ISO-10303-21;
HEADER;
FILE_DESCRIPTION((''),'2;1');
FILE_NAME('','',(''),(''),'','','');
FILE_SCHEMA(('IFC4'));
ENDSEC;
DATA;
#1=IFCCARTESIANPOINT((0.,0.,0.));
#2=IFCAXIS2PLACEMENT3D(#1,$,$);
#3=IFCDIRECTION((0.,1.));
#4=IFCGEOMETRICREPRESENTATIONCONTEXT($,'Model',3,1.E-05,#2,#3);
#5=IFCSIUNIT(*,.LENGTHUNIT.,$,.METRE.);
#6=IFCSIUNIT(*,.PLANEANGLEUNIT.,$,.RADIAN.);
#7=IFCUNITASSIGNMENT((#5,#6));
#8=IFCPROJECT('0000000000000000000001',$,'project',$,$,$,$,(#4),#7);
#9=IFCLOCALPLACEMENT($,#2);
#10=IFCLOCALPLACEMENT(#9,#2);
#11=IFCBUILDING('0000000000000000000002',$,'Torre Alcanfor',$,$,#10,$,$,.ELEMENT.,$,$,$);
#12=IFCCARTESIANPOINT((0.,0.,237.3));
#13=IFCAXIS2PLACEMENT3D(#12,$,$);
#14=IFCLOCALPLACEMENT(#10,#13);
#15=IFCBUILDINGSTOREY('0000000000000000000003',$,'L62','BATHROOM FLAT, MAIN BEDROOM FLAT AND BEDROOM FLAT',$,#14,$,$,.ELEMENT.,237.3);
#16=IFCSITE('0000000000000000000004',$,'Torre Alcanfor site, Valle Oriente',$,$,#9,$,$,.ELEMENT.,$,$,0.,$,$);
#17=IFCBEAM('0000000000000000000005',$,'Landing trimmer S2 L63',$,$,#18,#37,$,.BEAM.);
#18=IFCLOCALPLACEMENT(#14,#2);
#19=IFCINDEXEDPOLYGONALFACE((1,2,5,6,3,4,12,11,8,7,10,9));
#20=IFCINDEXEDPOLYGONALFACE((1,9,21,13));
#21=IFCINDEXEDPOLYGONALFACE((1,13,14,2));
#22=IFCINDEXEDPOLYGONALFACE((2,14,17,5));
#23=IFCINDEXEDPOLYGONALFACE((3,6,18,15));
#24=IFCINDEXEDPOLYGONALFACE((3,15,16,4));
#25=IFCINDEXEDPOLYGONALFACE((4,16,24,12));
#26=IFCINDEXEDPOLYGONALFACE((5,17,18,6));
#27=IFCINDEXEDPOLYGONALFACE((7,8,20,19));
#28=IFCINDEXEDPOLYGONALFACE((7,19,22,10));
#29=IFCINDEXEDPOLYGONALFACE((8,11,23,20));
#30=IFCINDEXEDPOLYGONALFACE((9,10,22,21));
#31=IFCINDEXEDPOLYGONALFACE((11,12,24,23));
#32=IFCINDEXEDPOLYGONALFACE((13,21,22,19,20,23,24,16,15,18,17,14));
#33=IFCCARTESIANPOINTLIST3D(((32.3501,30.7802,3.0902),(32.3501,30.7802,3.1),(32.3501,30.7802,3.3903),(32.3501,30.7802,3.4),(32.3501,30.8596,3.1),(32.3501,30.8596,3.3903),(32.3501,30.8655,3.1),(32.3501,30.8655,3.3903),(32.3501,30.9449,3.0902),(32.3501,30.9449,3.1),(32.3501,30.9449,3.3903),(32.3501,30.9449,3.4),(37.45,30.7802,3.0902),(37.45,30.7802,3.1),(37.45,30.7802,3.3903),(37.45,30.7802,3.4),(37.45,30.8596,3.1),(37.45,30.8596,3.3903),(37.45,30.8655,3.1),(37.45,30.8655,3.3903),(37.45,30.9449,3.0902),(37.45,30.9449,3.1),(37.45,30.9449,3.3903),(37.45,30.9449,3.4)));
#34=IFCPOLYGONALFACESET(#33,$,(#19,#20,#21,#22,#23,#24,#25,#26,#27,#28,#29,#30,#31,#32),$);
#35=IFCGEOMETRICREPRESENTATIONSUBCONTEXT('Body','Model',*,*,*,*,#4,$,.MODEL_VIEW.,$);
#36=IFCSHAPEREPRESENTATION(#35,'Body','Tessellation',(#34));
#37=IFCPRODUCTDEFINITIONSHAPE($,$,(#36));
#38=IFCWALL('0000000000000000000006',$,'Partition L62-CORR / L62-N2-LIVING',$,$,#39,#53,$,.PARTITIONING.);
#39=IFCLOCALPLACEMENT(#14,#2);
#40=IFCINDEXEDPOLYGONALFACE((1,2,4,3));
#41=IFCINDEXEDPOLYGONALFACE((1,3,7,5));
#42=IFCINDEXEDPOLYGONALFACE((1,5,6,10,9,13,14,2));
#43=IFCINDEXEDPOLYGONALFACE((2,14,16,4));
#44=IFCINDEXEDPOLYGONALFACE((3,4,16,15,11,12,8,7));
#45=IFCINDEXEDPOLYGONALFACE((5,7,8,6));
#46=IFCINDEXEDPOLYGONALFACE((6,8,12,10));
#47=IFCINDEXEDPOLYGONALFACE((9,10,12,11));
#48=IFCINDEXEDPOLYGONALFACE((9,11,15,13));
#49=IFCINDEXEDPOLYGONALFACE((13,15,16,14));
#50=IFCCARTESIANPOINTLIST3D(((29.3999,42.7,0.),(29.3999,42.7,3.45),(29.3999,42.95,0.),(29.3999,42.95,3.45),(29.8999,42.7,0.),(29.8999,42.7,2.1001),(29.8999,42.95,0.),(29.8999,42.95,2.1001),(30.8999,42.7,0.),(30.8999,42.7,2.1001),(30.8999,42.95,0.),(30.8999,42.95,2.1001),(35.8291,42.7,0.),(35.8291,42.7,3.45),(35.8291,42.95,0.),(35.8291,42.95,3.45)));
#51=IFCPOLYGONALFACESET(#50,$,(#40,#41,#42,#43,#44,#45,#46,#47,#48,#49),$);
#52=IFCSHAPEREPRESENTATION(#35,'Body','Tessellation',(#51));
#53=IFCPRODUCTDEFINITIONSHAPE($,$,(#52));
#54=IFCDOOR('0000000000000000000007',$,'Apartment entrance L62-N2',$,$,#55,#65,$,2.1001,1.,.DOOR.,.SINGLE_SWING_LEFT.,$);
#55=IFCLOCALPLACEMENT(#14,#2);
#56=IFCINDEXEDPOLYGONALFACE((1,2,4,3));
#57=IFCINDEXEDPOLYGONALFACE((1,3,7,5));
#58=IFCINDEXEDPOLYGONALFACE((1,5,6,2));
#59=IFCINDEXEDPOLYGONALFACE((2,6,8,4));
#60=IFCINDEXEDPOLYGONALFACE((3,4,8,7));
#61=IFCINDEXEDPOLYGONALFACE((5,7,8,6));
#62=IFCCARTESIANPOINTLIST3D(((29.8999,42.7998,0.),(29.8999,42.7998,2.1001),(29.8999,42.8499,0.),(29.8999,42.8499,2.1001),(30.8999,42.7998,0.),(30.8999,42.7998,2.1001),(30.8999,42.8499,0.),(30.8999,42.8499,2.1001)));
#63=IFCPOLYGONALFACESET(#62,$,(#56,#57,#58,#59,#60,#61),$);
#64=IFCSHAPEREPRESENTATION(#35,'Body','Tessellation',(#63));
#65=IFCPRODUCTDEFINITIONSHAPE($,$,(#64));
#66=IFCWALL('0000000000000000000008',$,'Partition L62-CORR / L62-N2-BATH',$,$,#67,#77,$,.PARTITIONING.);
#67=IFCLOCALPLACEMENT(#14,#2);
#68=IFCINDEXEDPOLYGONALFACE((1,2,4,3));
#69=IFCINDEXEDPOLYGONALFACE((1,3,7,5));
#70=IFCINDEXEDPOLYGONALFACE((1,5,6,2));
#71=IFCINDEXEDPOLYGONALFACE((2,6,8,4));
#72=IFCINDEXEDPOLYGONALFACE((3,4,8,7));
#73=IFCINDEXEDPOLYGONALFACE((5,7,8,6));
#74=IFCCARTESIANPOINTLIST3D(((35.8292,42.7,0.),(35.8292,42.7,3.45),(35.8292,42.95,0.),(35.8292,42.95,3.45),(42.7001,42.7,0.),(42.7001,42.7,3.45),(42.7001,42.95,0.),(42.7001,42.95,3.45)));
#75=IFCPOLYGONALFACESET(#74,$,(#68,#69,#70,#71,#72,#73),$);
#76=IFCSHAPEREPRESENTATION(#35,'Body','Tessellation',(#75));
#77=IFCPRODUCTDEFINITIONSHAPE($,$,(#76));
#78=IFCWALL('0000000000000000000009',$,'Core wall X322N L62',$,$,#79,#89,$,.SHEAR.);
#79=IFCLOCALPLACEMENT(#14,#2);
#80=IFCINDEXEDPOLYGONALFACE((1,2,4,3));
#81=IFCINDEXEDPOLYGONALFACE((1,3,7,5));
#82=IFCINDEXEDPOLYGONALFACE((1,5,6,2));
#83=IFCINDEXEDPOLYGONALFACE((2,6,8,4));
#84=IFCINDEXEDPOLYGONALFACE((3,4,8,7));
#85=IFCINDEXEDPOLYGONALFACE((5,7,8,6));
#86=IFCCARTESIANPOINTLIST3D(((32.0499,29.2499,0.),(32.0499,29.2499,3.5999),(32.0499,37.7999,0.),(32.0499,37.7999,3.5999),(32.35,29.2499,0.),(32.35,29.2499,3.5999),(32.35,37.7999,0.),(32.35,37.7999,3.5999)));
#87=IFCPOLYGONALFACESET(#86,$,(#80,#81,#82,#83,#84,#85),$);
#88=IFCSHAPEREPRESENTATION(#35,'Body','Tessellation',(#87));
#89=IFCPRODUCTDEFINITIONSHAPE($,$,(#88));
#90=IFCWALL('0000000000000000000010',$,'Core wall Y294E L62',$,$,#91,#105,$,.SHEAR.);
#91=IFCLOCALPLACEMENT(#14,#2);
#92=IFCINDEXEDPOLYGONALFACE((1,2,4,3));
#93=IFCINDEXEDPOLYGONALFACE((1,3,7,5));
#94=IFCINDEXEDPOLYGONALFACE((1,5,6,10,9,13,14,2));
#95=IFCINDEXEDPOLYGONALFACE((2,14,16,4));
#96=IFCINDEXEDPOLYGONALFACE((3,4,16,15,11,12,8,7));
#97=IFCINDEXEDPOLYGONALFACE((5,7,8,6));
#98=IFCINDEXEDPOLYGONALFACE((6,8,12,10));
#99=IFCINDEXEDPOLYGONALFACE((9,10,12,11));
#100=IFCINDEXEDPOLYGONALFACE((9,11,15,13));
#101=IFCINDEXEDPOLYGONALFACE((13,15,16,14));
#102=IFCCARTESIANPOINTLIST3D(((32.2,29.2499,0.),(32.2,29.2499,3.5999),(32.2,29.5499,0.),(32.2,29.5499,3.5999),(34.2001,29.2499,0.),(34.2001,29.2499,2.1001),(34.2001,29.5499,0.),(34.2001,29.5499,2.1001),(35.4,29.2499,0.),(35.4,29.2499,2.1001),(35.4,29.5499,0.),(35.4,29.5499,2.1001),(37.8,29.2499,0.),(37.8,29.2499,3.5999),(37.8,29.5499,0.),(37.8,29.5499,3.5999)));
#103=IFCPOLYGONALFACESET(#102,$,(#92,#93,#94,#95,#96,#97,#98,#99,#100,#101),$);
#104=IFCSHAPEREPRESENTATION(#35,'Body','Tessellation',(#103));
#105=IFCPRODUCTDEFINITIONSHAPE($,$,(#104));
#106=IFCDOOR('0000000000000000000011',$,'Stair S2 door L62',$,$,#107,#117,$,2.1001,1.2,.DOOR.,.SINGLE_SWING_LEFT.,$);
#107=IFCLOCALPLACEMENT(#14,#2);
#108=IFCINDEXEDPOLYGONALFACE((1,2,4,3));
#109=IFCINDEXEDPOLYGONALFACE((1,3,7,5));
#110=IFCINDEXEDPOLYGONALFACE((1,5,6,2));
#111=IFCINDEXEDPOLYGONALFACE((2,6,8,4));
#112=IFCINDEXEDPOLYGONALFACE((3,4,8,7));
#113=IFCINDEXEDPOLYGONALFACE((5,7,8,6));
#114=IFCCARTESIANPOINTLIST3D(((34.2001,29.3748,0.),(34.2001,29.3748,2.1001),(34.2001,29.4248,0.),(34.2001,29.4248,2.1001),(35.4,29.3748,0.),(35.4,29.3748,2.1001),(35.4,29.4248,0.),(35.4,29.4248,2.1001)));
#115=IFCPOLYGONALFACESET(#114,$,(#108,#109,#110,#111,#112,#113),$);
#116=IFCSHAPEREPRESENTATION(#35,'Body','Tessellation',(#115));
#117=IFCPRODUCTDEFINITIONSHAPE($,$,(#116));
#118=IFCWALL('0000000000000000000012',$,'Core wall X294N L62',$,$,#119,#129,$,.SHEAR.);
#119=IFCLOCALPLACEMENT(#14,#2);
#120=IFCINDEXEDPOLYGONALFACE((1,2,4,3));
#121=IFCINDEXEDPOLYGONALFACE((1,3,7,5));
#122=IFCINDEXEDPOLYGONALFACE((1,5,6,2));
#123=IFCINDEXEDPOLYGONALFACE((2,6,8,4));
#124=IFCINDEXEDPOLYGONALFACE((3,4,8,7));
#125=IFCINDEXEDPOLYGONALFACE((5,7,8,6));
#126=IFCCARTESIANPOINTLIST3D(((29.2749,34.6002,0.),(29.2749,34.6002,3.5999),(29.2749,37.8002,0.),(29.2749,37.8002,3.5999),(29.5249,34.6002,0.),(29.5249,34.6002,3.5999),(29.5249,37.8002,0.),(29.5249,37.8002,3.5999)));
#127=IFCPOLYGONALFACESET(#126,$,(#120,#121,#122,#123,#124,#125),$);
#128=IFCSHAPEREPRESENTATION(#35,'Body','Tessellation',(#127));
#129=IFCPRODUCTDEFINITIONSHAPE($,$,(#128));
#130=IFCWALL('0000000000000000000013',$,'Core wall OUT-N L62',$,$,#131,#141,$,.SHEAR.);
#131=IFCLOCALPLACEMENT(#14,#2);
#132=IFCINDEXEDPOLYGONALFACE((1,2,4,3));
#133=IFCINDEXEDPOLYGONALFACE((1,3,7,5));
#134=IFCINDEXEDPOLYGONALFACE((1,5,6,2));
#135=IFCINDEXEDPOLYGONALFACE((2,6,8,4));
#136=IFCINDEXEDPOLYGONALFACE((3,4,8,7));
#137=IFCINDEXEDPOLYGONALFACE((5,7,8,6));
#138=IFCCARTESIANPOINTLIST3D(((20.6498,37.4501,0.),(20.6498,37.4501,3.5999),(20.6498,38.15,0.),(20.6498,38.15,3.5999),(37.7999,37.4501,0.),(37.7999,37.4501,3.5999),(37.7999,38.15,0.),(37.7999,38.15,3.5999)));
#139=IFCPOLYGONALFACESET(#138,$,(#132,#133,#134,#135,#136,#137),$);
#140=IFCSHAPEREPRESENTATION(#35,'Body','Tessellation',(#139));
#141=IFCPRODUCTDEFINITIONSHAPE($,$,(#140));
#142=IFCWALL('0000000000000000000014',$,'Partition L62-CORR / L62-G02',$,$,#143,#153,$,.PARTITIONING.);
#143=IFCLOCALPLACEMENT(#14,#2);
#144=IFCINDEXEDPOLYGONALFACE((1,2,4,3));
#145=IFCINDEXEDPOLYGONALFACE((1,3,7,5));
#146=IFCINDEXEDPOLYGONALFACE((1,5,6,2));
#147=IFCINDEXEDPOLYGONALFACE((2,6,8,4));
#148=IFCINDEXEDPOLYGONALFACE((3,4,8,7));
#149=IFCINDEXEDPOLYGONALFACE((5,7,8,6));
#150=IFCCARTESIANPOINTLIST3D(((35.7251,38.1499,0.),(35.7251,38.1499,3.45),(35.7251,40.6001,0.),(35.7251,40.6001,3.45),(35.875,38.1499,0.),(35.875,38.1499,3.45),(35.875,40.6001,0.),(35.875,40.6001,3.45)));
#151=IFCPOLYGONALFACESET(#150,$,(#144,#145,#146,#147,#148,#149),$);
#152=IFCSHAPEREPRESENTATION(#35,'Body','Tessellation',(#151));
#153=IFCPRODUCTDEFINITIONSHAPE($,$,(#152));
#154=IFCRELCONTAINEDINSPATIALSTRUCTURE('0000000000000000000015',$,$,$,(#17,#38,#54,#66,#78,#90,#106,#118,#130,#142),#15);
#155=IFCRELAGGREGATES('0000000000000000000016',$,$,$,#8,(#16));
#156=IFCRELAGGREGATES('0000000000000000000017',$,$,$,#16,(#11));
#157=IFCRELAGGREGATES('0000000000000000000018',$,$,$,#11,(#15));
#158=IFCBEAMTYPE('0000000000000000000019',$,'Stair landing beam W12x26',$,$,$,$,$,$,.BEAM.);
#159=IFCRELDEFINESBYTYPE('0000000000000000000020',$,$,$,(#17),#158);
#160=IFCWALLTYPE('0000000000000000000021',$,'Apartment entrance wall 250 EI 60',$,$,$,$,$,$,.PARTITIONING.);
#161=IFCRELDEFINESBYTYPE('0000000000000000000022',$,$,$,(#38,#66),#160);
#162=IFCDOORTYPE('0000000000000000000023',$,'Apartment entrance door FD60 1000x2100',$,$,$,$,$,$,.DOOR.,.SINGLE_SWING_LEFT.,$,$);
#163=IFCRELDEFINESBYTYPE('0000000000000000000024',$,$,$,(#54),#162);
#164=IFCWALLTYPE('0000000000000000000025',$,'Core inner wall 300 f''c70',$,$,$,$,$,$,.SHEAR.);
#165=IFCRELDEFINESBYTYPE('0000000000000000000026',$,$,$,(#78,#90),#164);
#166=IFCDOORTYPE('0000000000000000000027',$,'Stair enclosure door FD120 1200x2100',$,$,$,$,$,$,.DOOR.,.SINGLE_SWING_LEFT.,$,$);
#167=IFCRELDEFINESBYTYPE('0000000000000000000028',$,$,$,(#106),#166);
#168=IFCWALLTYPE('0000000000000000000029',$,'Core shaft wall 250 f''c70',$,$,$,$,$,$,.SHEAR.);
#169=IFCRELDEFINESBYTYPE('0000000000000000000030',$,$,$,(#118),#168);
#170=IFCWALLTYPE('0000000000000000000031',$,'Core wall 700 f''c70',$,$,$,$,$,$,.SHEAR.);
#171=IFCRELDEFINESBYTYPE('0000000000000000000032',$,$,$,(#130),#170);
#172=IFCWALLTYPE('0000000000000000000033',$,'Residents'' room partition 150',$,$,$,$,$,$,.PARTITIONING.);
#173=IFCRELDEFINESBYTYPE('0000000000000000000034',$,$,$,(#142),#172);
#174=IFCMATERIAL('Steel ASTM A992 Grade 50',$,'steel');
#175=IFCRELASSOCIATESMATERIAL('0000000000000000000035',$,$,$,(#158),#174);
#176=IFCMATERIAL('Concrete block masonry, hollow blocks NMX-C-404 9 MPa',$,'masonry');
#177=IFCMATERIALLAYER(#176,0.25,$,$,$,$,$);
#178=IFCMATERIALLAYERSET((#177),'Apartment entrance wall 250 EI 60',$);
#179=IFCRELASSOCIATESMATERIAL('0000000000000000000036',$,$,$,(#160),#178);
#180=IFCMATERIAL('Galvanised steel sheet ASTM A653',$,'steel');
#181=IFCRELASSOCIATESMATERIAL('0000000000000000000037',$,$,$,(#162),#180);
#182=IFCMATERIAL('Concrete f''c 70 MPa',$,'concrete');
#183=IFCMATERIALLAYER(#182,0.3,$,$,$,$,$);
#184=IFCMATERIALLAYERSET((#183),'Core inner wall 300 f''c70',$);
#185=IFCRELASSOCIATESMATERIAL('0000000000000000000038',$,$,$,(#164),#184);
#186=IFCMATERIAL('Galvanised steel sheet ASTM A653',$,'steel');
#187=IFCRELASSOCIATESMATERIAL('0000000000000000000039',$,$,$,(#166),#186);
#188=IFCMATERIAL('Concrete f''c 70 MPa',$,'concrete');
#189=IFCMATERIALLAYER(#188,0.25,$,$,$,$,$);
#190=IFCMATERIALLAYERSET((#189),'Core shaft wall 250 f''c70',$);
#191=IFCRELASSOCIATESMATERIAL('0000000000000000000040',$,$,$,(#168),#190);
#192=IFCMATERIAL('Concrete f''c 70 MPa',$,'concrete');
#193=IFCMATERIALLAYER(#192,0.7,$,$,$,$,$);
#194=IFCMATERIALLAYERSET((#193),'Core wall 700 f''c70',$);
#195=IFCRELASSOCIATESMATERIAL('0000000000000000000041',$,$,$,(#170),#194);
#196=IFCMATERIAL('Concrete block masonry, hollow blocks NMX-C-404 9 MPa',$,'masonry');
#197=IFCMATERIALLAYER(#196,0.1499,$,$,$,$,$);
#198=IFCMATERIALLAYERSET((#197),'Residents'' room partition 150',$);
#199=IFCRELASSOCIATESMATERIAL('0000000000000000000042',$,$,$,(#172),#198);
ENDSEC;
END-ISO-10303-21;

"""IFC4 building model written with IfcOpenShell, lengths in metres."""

from ifc_helpers import new_model, si_unit, direction, frame, frame_2d, origin, origin_2d, place, context, subcontext, project, spatial, rectangle, i_section, extrude, material, layer, layer_set, material_profile, profile_set, type_object, element, fill, save


model = new_model("IFC4")

# Units and contexts
model_context = context("Model", 3, precision=1e-05, world=origin(), true_north=direction((0.0, 1.0)))
body_context = subcontext(model_context, "Body", "Model", "MODEL_VIEW")
ifc_project = project(units=[si_unit("LENGTHUNIT", "METRE"), si_unit("PLANEANGLEUNIT", "RADIAN")], contexts=[model_context])

# Site, building, storey
site_placement = place(None, origin())
site = spatial("IfcSite", under=ifc_project, at=site_placement, Name="Torre Alcanfor site, Valle Oriente", CompositionType="ELEMENT", RefElevation=0.0)
building_placement = place(site_placement, origin())
building = spatial("IfcBuilding", under=site, at=building_placement, Name="Torre Alcanfor", CompositionType="ELEMENT")
storey_placement = place(building_placement, frame((0.0, 0.0, 237.3)))
storey = spatial("IfcBuildingStorey", under=building, at=storey_placement, Name="L62", Description="BATHROOM FLAT, MAIN BEDROOM FLAT AND BEDROOM FLAT", CompositionType="ELEMENT", Elevation=237.3)

# Beam
ifc_material_1 = material(Name="Steel ASTM A992 Grade 50", Category="steel")
ifc_material_profile_1 = material_profile(ifc_material_1, i_section(OverallWidth=0.1648, OverallDepth=0.3098, WebThickness=0.0059, FlangeThickness=0.0098, at=origin_2d()), Name="W12x26")
ifc_profile_set_1 = profile_set([ifc_material_profile_1], Name="Steel ASTM A992 Grade 50")
beam_type_1 = type_object("IfcBeamType", Name="Stair landing beam W12x26", PredefinedType="BEAM", material=ifc_profile_set_1)
beam_1_placement = place(storey_placement, frame((32.3501, 30.8625, 3.2451), z_axis=(1.0, 0.0, 0.0), x_axis=(0.0, 1.0, 0.0)))
element("IfcBeam", 1, at=beam_1_placement, inside=storey, type_object=beam_type_1, Name="Landing trimmer S2 L63", PredefinedType="BEAM", context=body_context, shape_type="SweptSolid", body=[
    extrude(i_section(OverallWidth=0.1648, OverallDepth=0.3098, WebThickness=0.0059, FlangeThickness=0.0098, at=origin_2d()), origin(), (0.0, 0.0, 1.0), 5.0999),
])

# Wall, opening, door
ifc_material_2 = material(Name="Concrete block masonry, hollow blocks NMX-C-404 9 MPa", Category="masonry")
ifc_layer_1 = layer(ifc_material_2, 0.25)
ifc_layer_set_1 = layer_set([ifc_layer_1], Name="Apartment entrance wall 250 EI 60")
wall_type_1 = type_object("IfcWallType", Name="Apartment entrance wall 250 EI 60", PredefinedType="PARTITIONING", material=ifc_layer_set_1)
wall_1_placement = place(storey_placement, frame((29.3999, 42.825, 0.0), z_axis=(0.0, 0.0, 1.0), x_axis=(1.0, 0.0, 0.0)))
wall_1 = element("IfcWall", 2, at=wall_1_placement, inside=storey, type_object=wall_type_1, Name="Partition L62-CORR / L62-N2-LIVING", PredefinedType="PARTITIONING", context=body_context, shape_type="SweptSolid", body=[
    extrude(rectangle(XDim=6.4292, YDim=0.25, at=frame_2d((3.2146, 0.0))), origin(), (0.0, 0.0, 1.0), 3.45),
])
opening_1_placement = place(wall_1_placement, frame((0.5, 0.0, 0.0)))
opening_1 = element("IfcOpeningElement", 3, at=opening_1_placement, cuts=wall_1, PredefinedType="OPENING", context=body_context, shape_type="SweptSolid", body=[
    extrude(rectangle(XDim=1.0, YDim=2.1001, at=frame_2d((0.5, 1.05))), frame((0.0, 0.135, 0.0), z_axis=(0.0, -1.0, 0.0), x_axis=(1.0, 0.0, 0.0)), (0.0, 0.0, 1.0), 0.27),
])
ifc_material_3 = material(Name="Galvanised steel sheet ASTM A653", Category="steel")
door_type_1 = type_object("IfcDoorType", Name="Apartment entrance door FD60 1000x2100", OperationType="SINGLE_SWING_LEFT", PredefinedType="DOOR", material=ifc_material_3)
door_1_placement = place(opening_1_placement, origin())
door_1 = element("IfcDoor", 4, at=door_1_placement, inside=storey, type_object=door_type_1, Name="Apartment entrance L62-N2", OperationType="SINGLE_SWING_LEFT", OverallHeight=2.1001, OverallWidth=1.0, PredefinedType="DOOR", context=body_context, shape_type="SweptSolid", body=[
    extrude(rectangle(XDim=1.0, YDim=2.1001, at=frame_2d((0.5, 1.05))), frame((0.0, 0.0249, 0.0), z_axis=(0.0, -1.0, 0.0), x_axis=(1.0, 0.0, 0.0)), (0.0, 0.0, 1.0), 0.05),
])
fill(opening_1, door_1)

# Walls
wall_2_placement = place(storey_placement, frame((35.8291, 42.825, 0.0), z_axis=(0.0, 0.0, 1.0), x_axis=(1.0, 0.0, 0.0)))
element("IfcWall", 5, at=wall_2_placement, inside=storey, type_object=wall_type_1, Name="Partition L62-CORR / L62-N2-BATH", PredefinedType="PARTITIONING", context=body_context, shape_type="SweptSolid", body=[
    extrude(rectangle(XDim=6.8708, YDim=0.25, at=frame_2d((3.4355, 0.0))), origin(), (0.0, 0.0, 1.0), 3.45),
])
ifc_material_4 = material(Name="Concrete f'c 70 MPa", Category="concrete")
ifc_layer_2 = layer(ifc_material_4, 0.3)
ifc_layer_set_2 = layer_set([ifc_layer_2], Name="Core inner wall 300 f'c70")
wall_type_2 = type_object("IfcWallType", Name="Core inner wall 300 f'c70", PredefinedType="SHEAR", material=ifc_layer_set_2)
wall_3_placement = place(storey_placement, frame((32.2, 29.25, 0.0), z_axis=(0.0, 0.0, 1.0), x_axis=(0.0, 1.0, 0.0)))
element("IfcWall", 6, at=wall_3_placement, inside=storey, type_object=wall_type_2, Name="Core wall X322N L62", PredefinedType="SHEAR", context=body_context, shape_type="SweptSolid", body=[
    extrude(rectangle(XDim=8.55, YDim=0.3, at=frame_2d((4.2749, 0.0))), origin(), (0.0, 0.0, 1.0), 3.5999),
])

# Wall, opening, door
wall_4_placement = place(storey_placement, frame((32.2, 29.3999, 0.0), z_axis=(0.0, 0.0, 1.0), x_axis=(1.0, 0.0, 0.0)))
wall_4 = element("IfcWall", 7, at=wall_4_placement, inside=storey, type_object=wall_type_2, Name="Core wall Y294E L62", PredefinedType="SHEAR", context=body_context, shape_type="SweptSolid", body=[
    extrude(rectangle(XDim=5.6001, YDim=0.3, at=frame_2d((2.8, 0.0))), origin(), (0.0, 0.0, 1.0), 3.5999),
])
opening_2_placement = place(wall_4_placement, frame((2.0, 0.0, 0.0)))
opening_2 = element("IfcOpeningElement", 8, at=opening_2_placement, cuts=wall_4, PredefinedType="OPENING", context=body_context, shape_type="SweptSolid", body=[
    extrude(rectangle(XDim=1.2, YDim=2.1001, at=frame_2d((0.6001, 1.05))), frame((0.0, 0.1599, 0.0), z_axis=(0.0, -1.0, 0.0), x_axis=(1.0, 0.0, 0.0)), (0.0, 0.0, 1.0), 0.3201),
])
ifc_material_5 = material(Name="Galvanised steel sheet ASTM A653", Category="steel")
door_type_2 = type_object("IfcDoorType", Name="Stair enclosure door FD120 1200x2100", OperationType="SINGLE_SWING_LEFT", PredefinedType="DOOR", material=ifc_material_5)
door_2_placement = place(opening_2_placement, origin())
door_2 = element("IfcDoor", 9, at=door_2_placement, inside=storey, type_object=door_type_2, Name="Stair S2 door L62", OperationType="SINGLE_SWING_LEFT", OverallHeight=2.1001, OverallWidth=1.2, PredefinedType="DOOR", context=body_context, shape_type="SweptSolid", body=[
    extrude(rectangle(XDim=1.2, YDim=2.1001, at=frame_2d((0.6001, 1.05))), frame((0.0, 0.0249, 0.0), z_axis=(0.0, -1.0, 0.0), x_axis=(1.0, 0.0, 0.0)), (0.0, 0.0, 1.0), 0.05),
])
fill(opening_2, door_2)

# Walls
ifc_material_6 = material(Name="Concrete f'c 70 MPa", Category="concrete")
ifc_layer_3 = layer(ifc_material_6, 0.25)
ifc_layer_set_3 = layer_set([ifc_layer_3], Name="Core shaft wall 250 f'c70")
wall_type_3 = type_object("IfcWallType", Name="Core shaft wall 250 f'c70", PredefinedType="SHEAR", material=ifc_layer_set_3)
wall_5_placement = place(storey_placement, frame((29.3999, 34.6001, 0.0), z_axis=(0.0, 0.0, 1.0), x_axis=(0.0, 1.0, 0.0)))
element("IfcWall", 10, at=wall_5_placement, inside=storey, type_object=wall_type_3, Name="Core wall X294N L62", PredefinedType="SHEAR", context=body_context, shape_type="SweptSolid", body=[
    extrude(rectangle(XDim=3.2, YDim=0.25, at=frame_2d((1.6001, 0.0))), origin(), (0.0, 0.0, 1.0), 3.5999),
])
ifc_material_7 = material(Name="Concrete f'c 70 MPa", Category="concrete")
ifc_layer_4 = layer(ifc_material_7, 0.7)
ifc_layer_set_4 = layer_set([ifc_layer_4], Name="Core wall 700 f'c70")
wall_type_4 = type_object("IfcWallType", Name="Core wall 700 f'c70", PredefinedType="SHEAR", material=ifc_layer_set_4)
wall_6_placement = place(storey_placement, frame((37.8, 37.8, 0.0), z_axis=(0.0, 0.0, 1.0), x_axis=(-1.0, 0.0, 0.0)))
element("IfcWall", 11, at=wall_6_placement, inside=storey, type_object=wall_type_4, Name="Core wall OUT-N L62", PredefinedType="SHEAR", context=body_context, shape_type="SweptSolid", body=[
    extrude(rectangle(XDim=17.1501, YDim=0.7, at=frame_2d((8.5752, 0.0))), origin(), (0.0, 0.0, 1.0), 3.5999),
])
ifc_material_8 = material(Name="Concrete block masonry, hollow blocks NMX-C-404 9 MPa", Category="masonry")
ifc_layer_5 = layer(ifc_material_8, 0.1499)
ifc_layer_set_5 = layer_set([ifc_layer_5], Name="Residents' room partition 150")
wall_type_5 = type_object("IfcWallType", Name="Residents' room partition 150", PredefinedType="PARTITIONING", material=ifc_layer_set_5)
wall_7_placement = place(storey_placement, frame((35.8, 40.6001, 0.0), z_axis=(0.0, 0.0, 1.0), x_axis=(0.0, -1.0, 0.0)))
element("IfcWall", 12, at=wall_7_placement, inside=storey, type_object=wall_type_5, Name="Partition L62-CORR / L62-G02", PredefinedType="PARTITIONING", context=body_context, shape_type="SweptSolid", body=[
    extrude(rectangle(XDim=2.4502, YDim=0.1499, at=frame_2d((1.2251, 0.0))), origin(), (0.0, 0.0, 1.0), 3.45),
])

save(model, "model.ifc")
